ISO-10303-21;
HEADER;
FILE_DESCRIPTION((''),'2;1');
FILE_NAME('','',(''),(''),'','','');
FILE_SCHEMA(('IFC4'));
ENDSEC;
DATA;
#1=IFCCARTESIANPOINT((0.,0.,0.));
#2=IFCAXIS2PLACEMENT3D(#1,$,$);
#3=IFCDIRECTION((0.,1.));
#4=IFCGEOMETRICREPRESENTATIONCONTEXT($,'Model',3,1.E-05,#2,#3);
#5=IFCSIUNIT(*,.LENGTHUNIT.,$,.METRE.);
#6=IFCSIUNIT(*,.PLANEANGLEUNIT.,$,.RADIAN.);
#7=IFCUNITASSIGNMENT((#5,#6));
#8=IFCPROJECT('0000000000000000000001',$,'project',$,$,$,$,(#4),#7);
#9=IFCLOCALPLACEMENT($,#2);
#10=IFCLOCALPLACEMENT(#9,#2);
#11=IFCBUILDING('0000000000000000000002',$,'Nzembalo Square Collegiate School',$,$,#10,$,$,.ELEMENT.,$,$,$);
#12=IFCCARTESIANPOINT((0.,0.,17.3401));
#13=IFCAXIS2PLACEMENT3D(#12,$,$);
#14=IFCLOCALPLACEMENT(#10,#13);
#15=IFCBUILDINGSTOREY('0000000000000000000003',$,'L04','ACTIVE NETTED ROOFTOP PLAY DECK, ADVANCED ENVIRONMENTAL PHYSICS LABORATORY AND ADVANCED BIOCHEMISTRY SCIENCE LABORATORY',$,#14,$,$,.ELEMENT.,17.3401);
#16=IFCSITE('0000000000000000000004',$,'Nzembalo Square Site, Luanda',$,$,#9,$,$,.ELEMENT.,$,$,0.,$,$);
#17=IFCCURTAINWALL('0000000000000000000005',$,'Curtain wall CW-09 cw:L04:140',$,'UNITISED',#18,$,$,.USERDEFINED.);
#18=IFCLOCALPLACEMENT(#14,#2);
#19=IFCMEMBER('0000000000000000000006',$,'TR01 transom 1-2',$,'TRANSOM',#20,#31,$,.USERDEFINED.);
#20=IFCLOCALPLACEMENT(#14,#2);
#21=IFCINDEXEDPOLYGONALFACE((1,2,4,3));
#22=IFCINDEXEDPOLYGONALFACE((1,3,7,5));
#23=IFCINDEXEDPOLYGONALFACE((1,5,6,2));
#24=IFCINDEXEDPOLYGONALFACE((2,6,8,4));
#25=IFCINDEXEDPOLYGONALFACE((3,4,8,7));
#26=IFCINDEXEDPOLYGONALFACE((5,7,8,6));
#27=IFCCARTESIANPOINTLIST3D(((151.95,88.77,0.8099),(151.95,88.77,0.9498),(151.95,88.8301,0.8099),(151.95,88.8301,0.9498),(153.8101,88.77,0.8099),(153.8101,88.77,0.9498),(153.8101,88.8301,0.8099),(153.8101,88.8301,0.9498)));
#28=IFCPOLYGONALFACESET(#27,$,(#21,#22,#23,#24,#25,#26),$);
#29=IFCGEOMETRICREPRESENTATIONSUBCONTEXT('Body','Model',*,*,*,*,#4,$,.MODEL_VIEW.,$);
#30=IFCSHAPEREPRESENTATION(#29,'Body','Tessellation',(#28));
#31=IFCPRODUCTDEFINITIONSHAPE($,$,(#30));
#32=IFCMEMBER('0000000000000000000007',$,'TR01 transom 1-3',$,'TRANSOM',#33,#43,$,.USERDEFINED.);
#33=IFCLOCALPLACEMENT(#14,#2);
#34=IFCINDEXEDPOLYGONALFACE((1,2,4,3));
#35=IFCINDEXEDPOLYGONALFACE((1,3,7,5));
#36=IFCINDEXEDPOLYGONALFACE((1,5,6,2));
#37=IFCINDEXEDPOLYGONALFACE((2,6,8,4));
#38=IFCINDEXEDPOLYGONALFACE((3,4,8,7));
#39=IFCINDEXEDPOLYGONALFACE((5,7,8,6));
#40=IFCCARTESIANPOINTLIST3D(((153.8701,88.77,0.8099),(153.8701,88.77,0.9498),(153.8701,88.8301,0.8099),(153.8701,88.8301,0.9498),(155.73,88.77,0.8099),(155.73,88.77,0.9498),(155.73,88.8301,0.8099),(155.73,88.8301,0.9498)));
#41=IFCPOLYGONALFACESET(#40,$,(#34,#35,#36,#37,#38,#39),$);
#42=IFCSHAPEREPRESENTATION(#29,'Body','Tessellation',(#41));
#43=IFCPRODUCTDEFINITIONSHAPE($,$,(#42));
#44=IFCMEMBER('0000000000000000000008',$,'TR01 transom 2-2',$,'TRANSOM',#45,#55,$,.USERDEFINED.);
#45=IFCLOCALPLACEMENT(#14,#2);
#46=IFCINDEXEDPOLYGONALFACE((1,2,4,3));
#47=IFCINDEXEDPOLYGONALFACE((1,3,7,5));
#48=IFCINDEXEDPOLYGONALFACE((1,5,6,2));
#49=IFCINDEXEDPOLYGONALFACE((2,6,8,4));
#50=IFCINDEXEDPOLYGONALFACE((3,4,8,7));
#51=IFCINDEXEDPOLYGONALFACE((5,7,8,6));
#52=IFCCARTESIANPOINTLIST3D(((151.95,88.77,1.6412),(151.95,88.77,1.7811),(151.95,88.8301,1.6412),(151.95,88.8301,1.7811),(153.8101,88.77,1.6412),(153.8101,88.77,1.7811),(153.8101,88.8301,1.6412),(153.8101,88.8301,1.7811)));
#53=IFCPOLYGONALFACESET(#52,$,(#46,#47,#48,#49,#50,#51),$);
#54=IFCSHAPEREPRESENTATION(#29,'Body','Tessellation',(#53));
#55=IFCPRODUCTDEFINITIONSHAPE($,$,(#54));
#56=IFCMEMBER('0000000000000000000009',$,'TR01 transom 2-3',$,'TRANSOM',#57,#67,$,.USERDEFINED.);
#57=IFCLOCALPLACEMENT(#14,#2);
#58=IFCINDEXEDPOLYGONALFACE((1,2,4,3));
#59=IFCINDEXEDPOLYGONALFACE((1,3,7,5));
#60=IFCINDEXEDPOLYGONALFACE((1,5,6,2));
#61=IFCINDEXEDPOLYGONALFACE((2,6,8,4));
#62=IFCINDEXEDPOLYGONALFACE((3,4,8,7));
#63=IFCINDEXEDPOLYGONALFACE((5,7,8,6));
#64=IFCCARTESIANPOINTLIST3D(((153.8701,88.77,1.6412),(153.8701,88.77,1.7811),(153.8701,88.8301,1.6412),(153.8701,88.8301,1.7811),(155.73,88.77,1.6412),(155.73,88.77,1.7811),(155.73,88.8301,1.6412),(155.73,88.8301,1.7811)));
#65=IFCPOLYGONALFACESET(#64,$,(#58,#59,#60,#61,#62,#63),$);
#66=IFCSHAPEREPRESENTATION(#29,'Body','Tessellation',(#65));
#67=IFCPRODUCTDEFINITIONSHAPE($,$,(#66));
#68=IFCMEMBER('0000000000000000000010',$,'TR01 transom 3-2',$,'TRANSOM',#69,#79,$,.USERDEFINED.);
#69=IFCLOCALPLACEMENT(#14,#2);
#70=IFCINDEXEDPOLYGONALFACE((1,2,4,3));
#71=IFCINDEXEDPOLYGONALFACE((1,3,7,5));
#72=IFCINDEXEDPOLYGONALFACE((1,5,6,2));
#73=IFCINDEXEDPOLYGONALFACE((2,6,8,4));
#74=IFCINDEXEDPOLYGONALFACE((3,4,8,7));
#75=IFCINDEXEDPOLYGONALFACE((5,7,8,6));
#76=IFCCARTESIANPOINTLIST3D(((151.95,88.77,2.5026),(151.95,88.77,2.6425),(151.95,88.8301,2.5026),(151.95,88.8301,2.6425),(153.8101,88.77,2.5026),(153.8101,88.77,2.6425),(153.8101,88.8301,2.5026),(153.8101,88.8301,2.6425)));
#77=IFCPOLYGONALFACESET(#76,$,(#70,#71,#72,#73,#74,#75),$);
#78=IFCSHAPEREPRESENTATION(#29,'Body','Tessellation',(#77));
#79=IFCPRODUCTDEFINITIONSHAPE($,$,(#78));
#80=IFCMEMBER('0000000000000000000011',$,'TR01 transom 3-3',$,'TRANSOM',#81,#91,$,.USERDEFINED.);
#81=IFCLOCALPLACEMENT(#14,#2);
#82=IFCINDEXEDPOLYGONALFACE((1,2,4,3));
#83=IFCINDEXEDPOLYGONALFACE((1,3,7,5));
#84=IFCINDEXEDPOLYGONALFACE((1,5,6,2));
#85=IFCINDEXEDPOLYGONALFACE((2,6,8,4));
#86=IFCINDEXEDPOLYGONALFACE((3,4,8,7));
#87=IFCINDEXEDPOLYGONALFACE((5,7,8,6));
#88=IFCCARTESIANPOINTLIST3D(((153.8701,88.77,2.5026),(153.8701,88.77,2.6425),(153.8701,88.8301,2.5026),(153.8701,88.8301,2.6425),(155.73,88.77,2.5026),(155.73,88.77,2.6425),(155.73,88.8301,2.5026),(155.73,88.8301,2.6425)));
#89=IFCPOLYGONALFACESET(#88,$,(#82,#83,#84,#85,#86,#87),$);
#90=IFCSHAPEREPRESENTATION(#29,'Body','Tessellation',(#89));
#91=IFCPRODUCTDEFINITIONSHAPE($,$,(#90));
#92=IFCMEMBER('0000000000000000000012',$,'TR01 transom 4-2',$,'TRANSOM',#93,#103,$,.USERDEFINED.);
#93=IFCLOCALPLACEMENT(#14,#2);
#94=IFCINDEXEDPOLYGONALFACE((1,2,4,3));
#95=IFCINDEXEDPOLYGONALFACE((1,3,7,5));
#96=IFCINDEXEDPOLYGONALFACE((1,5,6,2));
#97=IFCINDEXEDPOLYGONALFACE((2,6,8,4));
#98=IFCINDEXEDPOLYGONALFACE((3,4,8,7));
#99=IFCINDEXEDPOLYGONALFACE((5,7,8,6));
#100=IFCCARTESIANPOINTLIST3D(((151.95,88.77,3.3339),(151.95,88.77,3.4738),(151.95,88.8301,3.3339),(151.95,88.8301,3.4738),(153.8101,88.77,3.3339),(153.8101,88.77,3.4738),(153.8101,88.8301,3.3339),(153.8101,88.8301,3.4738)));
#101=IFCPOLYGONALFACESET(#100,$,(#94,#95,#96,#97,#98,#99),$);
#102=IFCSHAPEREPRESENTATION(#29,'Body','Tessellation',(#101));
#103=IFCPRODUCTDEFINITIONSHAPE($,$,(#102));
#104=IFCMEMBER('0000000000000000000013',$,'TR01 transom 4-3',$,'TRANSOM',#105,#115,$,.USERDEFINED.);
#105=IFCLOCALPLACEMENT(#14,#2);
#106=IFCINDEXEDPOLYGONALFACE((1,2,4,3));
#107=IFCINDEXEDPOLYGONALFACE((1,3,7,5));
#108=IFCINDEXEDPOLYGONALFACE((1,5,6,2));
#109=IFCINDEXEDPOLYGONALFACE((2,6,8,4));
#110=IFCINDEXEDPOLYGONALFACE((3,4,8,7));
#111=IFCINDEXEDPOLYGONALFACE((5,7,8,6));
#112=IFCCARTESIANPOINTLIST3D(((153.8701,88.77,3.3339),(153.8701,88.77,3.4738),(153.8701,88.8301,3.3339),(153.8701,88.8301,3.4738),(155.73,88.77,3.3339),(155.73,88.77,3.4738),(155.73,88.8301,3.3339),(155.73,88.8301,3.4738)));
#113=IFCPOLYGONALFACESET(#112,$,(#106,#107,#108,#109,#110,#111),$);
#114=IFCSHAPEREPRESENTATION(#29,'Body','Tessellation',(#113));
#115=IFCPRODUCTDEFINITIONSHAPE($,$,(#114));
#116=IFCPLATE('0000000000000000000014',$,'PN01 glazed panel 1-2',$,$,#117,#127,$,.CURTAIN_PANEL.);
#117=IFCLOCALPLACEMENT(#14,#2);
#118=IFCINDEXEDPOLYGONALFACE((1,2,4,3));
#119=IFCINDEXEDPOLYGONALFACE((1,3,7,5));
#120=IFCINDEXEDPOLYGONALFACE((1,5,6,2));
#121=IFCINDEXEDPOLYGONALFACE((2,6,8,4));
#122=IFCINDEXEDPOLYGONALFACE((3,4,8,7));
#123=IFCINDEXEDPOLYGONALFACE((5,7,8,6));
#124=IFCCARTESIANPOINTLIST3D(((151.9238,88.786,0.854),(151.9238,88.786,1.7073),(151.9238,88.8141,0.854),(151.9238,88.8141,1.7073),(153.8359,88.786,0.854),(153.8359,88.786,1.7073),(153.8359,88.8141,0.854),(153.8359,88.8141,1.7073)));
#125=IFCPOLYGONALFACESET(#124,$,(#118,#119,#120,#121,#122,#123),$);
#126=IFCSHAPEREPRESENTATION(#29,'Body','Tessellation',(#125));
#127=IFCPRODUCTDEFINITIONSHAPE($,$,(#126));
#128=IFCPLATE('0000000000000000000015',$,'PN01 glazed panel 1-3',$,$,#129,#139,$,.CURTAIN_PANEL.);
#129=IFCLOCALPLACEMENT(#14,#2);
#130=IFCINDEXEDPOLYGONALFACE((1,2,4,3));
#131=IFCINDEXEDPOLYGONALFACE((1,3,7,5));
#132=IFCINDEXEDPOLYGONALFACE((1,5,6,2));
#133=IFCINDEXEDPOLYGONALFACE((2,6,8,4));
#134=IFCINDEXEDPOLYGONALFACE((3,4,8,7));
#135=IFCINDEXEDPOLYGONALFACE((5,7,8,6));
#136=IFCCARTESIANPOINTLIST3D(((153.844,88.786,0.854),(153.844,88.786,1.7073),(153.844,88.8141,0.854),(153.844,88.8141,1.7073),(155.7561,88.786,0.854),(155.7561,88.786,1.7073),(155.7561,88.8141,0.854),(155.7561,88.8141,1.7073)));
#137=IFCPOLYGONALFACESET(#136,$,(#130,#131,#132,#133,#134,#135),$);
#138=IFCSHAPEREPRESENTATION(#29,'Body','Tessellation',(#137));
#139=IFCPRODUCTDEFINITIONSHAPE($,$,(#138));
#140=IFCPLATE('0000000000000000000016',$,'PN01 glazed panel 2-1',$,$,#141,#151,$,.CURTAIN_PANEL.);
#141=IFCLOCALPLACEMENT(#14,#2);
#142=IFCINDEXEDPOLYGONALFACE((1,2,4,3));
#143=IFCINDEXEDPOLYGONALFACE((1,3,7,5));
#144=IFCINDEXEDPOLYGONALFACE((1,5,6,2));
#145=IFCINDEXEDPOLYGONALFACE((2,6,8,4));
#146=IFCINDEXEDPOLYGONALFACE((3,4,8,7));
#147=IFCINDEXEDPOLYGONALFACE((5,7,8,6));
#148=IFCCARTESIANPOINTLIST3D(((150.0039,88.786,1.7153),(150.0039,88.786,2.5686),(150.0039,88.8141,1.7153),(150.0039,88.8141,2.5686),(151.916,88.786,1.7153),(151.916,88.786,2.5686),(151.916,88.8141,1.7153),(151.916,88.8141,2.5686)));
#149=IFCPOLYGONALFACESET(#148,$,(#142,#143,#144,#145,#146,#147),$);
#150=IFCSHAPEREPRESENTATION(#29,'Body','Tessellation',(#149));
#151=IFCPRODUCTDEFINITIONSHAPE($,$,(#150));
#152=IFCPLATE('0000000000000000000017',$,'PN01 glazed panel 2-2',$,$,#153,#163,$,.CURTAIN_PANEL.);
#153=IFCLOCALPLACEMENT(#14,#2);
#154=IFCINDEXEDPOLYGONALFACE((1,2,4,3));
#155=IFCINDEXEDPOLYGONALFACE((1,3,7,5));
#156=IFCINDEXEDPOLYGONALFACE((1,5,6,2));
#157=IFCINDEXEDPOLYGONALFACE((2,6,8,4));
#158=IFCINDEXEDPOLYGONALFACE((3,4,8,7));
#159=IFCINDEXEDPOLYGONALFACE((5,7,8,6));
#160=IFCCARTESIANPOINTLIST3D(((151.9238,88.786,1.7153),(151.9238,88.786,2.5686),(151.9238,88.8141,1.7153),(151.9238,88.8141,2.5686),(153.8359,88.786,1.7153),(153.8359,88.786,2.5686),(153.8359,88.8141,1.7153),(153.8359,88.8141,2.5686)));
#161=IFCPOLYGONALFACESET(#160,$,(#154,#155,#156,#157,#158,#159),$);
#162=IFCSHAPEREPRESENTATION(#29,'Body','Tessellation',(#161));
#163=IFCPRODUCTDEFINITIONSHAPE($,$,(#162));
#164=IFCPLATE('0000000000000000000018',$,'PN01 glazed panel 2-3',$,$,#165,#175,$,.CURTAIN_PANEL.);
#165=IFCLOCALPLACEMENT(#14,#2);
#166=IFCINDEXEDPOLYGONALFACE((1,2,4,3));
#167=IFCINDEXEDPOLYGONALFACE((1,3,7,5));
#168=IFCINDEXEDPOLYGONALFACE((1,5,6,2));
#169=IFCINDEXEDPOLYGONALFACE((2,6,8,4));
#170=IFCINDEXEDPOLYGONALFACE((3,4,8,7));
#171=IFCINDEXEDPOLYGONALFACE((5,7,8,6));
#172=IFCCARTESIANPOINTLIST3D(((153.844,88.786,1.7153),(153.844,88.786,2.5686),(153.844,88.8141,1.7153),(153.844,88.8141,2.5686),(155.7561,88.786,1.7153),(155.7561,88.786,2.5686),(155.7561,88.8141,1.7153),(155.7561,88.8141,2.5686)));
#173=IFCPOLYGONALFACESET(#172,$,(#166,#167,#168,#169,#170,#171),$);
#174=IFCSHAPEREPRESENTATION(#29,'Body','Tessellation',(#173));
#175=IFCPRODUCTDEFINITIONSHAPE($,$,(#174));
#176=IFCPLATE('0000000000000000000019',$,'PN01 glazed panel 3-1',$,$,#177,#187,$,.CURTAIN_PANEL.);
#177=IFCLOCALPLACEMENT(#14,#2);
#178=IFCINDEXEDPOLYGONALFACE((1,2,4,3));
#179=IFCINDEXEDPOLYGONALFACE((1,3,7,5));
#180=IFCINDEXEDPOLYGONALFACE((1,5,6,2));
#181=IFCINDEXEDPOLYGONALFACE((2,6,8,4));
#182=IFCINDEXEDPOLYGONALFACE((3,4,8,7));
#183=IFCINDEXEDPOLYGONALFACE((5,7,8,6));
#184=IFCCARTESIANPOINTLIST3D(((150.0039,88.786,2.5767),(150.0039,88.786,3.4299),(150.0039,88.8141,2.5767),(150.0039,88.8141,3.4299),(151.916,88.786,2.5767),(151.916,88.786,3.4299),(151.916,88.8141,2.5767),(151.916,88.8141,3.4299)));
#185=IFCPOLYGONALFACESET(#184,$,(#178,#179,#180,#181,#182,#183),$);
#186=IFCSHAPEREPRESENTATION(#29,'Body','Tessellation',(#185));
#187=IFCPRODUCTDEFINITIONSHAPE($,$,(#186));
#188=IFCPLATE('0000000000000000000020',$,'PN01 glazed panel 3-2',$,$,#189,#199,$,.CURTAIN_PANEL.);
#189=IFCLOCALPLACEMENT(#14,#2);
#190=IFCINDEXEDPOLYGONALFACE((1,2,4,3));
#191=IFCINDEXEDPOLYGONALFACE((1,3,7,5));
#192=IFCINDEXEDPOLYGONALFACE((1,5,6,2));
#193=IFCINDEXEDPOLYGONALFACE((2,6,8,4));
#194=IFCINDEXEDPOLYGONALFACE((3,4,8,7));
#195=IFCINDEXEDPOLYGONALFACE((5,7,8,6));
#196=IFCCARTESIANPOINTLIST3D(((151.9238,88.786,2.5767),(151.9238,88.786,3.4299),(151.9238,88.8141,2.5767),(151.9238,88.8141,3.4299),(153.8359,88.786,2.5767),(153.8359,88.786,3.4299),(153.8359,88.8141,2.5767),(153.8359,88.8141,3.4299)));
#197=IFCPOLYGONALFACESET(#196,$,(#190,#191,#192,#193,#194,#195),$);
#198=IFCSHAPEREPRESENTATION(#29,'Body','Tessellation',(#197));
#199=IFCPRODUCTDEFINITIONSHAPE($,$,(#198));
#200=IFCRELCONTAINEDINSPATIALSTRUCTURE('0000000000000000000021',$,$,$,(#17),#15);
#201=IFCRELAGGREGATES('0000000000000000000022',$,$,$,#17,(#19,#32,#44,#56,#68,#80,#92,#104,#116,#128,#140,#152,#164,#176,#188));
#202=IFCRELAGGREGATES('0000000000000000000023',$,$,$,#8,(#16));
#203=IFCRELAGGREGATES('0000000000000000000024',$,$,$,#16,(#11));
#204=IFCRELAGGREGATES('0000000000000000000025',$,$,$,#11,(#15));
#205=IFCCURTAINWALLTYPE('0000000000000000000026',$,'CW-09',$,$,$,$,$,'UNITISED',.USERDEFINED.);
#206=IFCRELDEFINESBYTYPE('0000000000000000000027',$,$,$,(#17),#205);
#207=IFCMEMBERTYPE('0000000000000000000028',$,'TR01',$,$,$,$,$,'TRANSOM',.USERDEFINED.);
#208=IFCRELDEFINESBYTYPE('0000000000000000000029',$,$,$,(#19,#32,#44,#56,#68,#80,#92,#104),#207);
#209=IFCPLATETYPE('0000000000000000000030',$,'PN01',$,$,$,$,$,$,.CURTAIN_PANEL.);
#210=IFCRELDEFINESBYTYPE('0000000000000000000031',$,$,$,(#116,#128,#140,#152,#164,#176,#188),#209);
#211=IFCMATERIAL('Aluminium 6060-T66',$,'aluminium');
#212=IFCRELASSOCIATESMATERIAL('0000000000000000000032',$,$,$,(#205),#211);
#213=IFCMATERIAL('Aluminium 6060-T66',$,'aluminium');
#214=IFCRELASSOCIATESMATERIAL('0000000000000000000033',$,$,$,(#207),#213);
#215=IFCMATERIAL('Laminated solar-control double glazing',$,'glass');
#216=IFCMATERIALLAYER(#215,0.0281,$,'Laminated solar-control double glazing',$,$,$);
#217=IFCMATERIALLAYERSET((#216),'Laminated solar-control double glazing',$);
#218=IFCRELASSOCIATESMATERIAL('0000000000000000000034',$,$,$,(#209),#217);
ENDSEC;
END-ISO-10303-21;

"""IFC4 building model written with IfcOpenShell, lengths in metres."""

from ifc_helpers import new_model, si_unit, direction, frame, origin, origin_2d, place, context, subcontext, project, spatial, rectangle, extrude, material, layer, layer_set, material_profile, profile_set, type_object, element, aggregate, save


model = new_model("IFC4")

# Units and contexts
model_context = context("Model", 3, precision=1e-05, world=origin(), true_north=direction((0.0, 1.0)))
body_context = subcontext(model_context, "Body", "Model", "MODEL_VIEW")
ifc_project = project(units=[si_unit("LENGTHUNIT", "METRE"), si_unit("PLANEANGLEUNIT", "RADIAN")], contexts=[model_context])

# Site, building, storey
site_placement = place(None, origin())
site = spatial("IfcSite", under=ifc_project, at=site_placement, Name="Nzembalo Square Site, Luanda", CompositionType="ELEMENT", RefElevation=0.0)
building_placement = place(site_placement, origin())
building = spatial("IfcBuilding", under=site, at=building_placement, Name="Nzembalo Square Collegiate School", CompositionType="ELEMENT")
storey_placement = place(building_placement, frame((0.0, 0.0, 17.3401)))
storey = spatial("IfcBuildingStorey", under=building, at=storey_placement, Name="L04", Description="ACTIVE NETTED ROOFTOP PLAY DECK, ADVANCED ENVIRONMENTAL PHYSICS LABORATORY AND ADVANCED BIOCHEMISTRY SCIENCE LABORATORY", CompositionType="ELEMENT", Elevation=17.3401)

# Curtain wall, members, plates
ifc_material_1 = material(Name="Aluminium 6060-T66", Category="aluminium")
curtain_wall_type = type_object("IfcCurtainWallType", Name="CW-09", ElementType="UNITISED", PredefinedType="USERDEFINED", material=ifc_material_1)
curtain_wall_placement = place(storey_placement, origin())
curtain_wall = element("IfcCurtainWall", 1, at=curtain_wall_placement, inside=storey, type_object=curtain_wall_type, Name="Curtain wall CW-09 cw:L04:140", ObjectType="UNITISED", PredefinedType="USERDEFINED")
ifc_material_2 = material(Name="Aluminium 6060-T66", Category="aluminium")
ifc_material_profile_1 = material_profile(ifc_material_2, rectangle(XDim=0.0601, YDim=0.1399, at=origin_2d()), Name="ALU T60x140")
ifc_profile_set_1 = profile_set([ifc_material_profile_1], Name="Aluminium 6060-T66")
member_type_1 = type_object("IfcMemberType", Name="TR01", ElementType="TRANSOM", PredefinedType="USERDEFINED", material=ifc_profile_set_1)
member_1_placement = place(storey_placement, frame((151.95, 88.8, 0.8799), z_axis=(1.0, 0.0, 0.0), x_axis=(0.0, 1.0, 0.0)))
member_1 = element("IfcMember", 2, at=member_1_placement, type_object=member_type_1, Name="TR01 transom 1-2", ObjectType="TRANSOM", PredefinedType="USERDEFINED", context=body_context, shape_type="SweptSolid", body=[
    extrude(rectangle(XDim=0.0601, YDim=0.1399, at=origin_2d()), origin(), (0.0, 0.0, 1.0), 1.8601),
])
member_2_placement = place(storey_placement, frame((153.8701, 88.8, 0.8799), z_axis=(1.0, 0.0, 0.0), x_axis=(0.0, 1.0, 0.0)))
member_2 = element("IfcMember", 3, at=member_2_placement, type_object=member_type_1, Name="TR01 transom 1-3", ObjectType="TRANSOM", PredefinedType="USERDEFINED", context=body_context, shape_type="SweptSolid", body=[
    extrude(rectangle(XDim=0.0601, YDim=0.1399, at=origin_2d()), origin(), (0.0, 0.0, 1.0), 1.8599),
])
member_3_placement = place(storey_placement, frame((151.95, 88.8, 1.7112), z_axis=(1.0, 0.0, 0.0), x_axis=(0.0, 1.0, 0.0)))
member_3 = element("IfcMember", 4, at=member_3_placement, type_object=member_type_1, Name="TR01 transom 2-2", ObjectType="TRANSOM", PredefinedType="USERDEFINED", context=body_context, shape_type="SweptSolid", body=[
    extrude(rectangle(XDim=0.0601, YDim=0.1399, at=origin_2d()), origin(), (0.0, 0.0, 1.0), 1.8601),
])
member_4_placement = place(storey_placement, frame((153.8701, 88.8, 1.7112), z_axis=(1.0, 0.0, 0.0), x_axis=(0.0, 1.0, 0.0)))
member_4 = element("IfcMember", 5, at=member_4_placement, type_object=member_type_1, Name="TR01 transom 2-3", ObjectType="TRANSOM", PredefinedType="USERDEFINED", context=body_context, shape_type="SweptSolid", body=[
    extrude(rectangle(XDim=0.0601, YDim=0.1399, at=origin_2d()), origin(), (0.0, 0.0, 1.0), 1.8599),
])
member_5_placement = place(storey_placement, frame((151.95, 88.8, 2.5725), z_axis=(1.0, 0.0, 0.0), x_axis=(0.0, 1.0, 0.0)))
member_5 = element("IfcMember", 6, at=member_5_placement, type_object=member_type_1, Name="TR01 transom 3-2", ObjectType="TRANSOM", PredefinedType="USERDEFINED", context=body_context, shape_type="SweptSolid", body=[
    extrude(rectangle(XDim=0.0601, YDim=0.1399, at=origin_2d()), origin(), (0.0, 0.0, 1.0), 1.8601),
])
member_6_placement = place(storey_placement, frame((153.8701, 88.8, 2.5725), z_axis=(1.0, 0.0, 0.0), x_axis=(0.0, 1.0, 0.0)))
member_6 = element("IfcMember", 7, at=member_6_placement, type_object=member_type_1, Name="TR01 transom 3-3", ObjectType="TRANSOM", PredefinedType="USERDEFINED", context=body_context, shape_type="SweptSolid", body=[
    extrude(rectangle(XDim=0.0601, YDim=0.1399, at=origin_2d()), origin(), (0.0, 0.0, 1.0), 1.8599),
])
member_7_placement = place(storey_placement, frame((151.95, 88.8, 3.4038), z_axis=(1.0, 0.0, 0.0), x_axis=(0.0, 1.0, 0.0)))
member_7 = element("IfcMember", 8, at=member_7_placement, type_object=member_type_1, Name="TR01 transom 4-2", ObjectType="TRANSOM", PredefinedType="USERDEFINED", context=body_context, shape_type="SweptSolid", body=[
    extrude(rectangle(XDim=0.0601, YDim=0.1399, at=origin_2d()), origin(), (0.0, 0.0, 1.0), 1.8601),
])
member_8_placement = place(storey_placement, frame((153.8701, 88.8, 3.4038), z_axis=(1.0, 0.0, 0.0), x_axis=(0.0, 1.0, 0.0)))
member_8 = element("IfcMember", 9, at=member_8_placement, type_object=member_type_1, Name="TR01 transom 4-3", ObjectType="TRANSOM", PredefinedType="USERDEFINED", context=body_context, shape_type="SweptSolid", body=[
    extrude(rectangle(XDim=0.0601, YDim=0.1399, at=origin_2d()), origin(), (0.0, 0.0, 1.0), 1.8599),
])
ifc_material_3 = material(Name="Laminated solar-control double glazing", Category="glass")
ifc_layer_1 = layer(ifc_material_3, 0.0281, Name="Laminated solar-control double glazing")
ifc_layer_set_1 = layer_set([ifc_layer_1], Name="Laminated solar-control double glazing")
plate_type = type_object("IfcPlateType", Name="PN01", PredefinedType="CURTAIN_PANEL", material=ifc_layer_set_1)
plate_1_placement = place(storey_placement, frame((152.8799, 88.8, 0.854), z_axis=(0.0, 0.0, 1.0), x_axis=(1.0, 0.0, 0.0)))
plate_1 = element("IfcPlate", 10, at=plate_1_placement, type_object=plate_type, Name="PN01 glazed panel 1-2", PredefinedType="CURTAIN_PANEL", context=body_context, shape_type="SweptSolid", body=[
    extrude(rectangle(XDim=1.9121, YDim=0.0281, at=origin_2d()), origin(), (0.0, 0.0, 1.0), 0.8533),
])
plate_2_placement = place(storey_placement, frame((154.8, 88.8, 0.854), z_axis=(0.0, 0.0, 1.0), x_axis=(1.0, 0.0, 0.0)))
plate_2 = element("IfcPlate", 11, at=plate_2_placement, type_object=plate_type, Name="PN01 glazed panel 1-3", PredefinedType="CURTAIN_PANEL", context=body_context, shape_type="SweptSolid", body=[
    extrude(rectangle(XDim=1.9121, YDim=0.0281, at=origin_2d()), origin(), (0.0, 0.0, 1.0), 0.8533),
])
plate_3_placement = place(storey_placement, frame((150.96, 88.8, 1.7153), z_axis=(0.0, 0.0, 1.0), x_axis=(1.0, 0.0, 0.0)))
plate_3 = element("IfcPlate", 12, at=plate_3_placement, type_object=plate_type, Name="PN01 glazed panel 2-1", PredefinedType="CURTAIN_PANEL", context=body_context, shape_type="SweptSolid", body=[
    extrude(rectangle(XDim=1.9121, YDim=0.0281, at=origin_2d()), origin(), (0.0, 0.0, 1.0), 0.8533),
])
plate_4_placement = place(storey_placement, frame((152.8799, 88.8, 1.7153), z_axis=(0.0, 0.0, 1.0), x_axis=(1.0, 0.0, 0.0)))
plate_4 = element("IfcPlate", 13, at=plate_4_placement, type_object=plate_type, Name="PN01 glazed panel 2-2", PredefinedType="CURTAIN_PANEL", context=body_context, shape_type="SweptSolid", body=[
    extrude(rectangle(XDim=1.9121, YDim=0.0281, at=origin_2d()), origin(), (0.0, 0.0, 1.0), 0.8533),
])
plate_5_placement = place(storey_placement, frame((154.8, 88.8, 1.7153), z_axis=(0.0, 0.0, 1.0), x_axis=(1.0, 0.0, 0.0)))
plate_5 = element("IfcPlate", 14, at=plate_5_placement, type_object=plate_type, Name="PN01 glazed panel 2-3", PredefinedType="CURTAIN_PANEL", context=body_context, shape_type="SweptSolid", body=[
    extrude(rectangle(XDim=1.9121, YDim=0.0281, at=origin_2d()), origin(), (0.0, 0.0, 1.0), 0.8533),
])
plate_6_placement = place(storey_placement, frame((150.96, 88.8, 2.5767), z_axis=(0.0, 0.0, 1.0), x_axis=(1.0, 0.0, 0.0)))
plate_6 = element("IfcPlate", 15, at=plate_6_placement, type_object=plate_type, Name="PN01 glazed panel 3-1", PredefinedType="CURTAIN_PANEL", context=body_context, shape_type="SweptSolid", body=[
    extrude(rectangle(XDim=1.9121, YDim=0.0281, at=origin_2d()), origin(), (0.0, 0.0, 1.0), 0.8533),
])
plate_7_placement = place(storey_placement, frame((152.8799, 88.8, 2.5767), z_axis=(0.0, 0.0, 1.0), x_axis=(1.0, 0.0, 0.0)))
plate_7 = element("IfcPlate", 16, at=plate_7_placement, type_object=plate_type, Name="PN01 glazed panel 3-2", PredefinedType="CURTAIN_PANEL", context=body_context, shape_type="SweptSolid", body=[
    extrude(rectangle(XDim=1.9121, YDim=0.0281, at=origin_2d()), origin(), (0.0, 0.0, 1.0), 0.8533),
])
aggregate(curtain_wall, [member_1, member_2, member_3, member_4, member_5, member_6, member_7, member_8, plate_1, plate_2, plate_3, plate_4, plate_5, plate_6, plate_7])

save(model, "model.ifc")
